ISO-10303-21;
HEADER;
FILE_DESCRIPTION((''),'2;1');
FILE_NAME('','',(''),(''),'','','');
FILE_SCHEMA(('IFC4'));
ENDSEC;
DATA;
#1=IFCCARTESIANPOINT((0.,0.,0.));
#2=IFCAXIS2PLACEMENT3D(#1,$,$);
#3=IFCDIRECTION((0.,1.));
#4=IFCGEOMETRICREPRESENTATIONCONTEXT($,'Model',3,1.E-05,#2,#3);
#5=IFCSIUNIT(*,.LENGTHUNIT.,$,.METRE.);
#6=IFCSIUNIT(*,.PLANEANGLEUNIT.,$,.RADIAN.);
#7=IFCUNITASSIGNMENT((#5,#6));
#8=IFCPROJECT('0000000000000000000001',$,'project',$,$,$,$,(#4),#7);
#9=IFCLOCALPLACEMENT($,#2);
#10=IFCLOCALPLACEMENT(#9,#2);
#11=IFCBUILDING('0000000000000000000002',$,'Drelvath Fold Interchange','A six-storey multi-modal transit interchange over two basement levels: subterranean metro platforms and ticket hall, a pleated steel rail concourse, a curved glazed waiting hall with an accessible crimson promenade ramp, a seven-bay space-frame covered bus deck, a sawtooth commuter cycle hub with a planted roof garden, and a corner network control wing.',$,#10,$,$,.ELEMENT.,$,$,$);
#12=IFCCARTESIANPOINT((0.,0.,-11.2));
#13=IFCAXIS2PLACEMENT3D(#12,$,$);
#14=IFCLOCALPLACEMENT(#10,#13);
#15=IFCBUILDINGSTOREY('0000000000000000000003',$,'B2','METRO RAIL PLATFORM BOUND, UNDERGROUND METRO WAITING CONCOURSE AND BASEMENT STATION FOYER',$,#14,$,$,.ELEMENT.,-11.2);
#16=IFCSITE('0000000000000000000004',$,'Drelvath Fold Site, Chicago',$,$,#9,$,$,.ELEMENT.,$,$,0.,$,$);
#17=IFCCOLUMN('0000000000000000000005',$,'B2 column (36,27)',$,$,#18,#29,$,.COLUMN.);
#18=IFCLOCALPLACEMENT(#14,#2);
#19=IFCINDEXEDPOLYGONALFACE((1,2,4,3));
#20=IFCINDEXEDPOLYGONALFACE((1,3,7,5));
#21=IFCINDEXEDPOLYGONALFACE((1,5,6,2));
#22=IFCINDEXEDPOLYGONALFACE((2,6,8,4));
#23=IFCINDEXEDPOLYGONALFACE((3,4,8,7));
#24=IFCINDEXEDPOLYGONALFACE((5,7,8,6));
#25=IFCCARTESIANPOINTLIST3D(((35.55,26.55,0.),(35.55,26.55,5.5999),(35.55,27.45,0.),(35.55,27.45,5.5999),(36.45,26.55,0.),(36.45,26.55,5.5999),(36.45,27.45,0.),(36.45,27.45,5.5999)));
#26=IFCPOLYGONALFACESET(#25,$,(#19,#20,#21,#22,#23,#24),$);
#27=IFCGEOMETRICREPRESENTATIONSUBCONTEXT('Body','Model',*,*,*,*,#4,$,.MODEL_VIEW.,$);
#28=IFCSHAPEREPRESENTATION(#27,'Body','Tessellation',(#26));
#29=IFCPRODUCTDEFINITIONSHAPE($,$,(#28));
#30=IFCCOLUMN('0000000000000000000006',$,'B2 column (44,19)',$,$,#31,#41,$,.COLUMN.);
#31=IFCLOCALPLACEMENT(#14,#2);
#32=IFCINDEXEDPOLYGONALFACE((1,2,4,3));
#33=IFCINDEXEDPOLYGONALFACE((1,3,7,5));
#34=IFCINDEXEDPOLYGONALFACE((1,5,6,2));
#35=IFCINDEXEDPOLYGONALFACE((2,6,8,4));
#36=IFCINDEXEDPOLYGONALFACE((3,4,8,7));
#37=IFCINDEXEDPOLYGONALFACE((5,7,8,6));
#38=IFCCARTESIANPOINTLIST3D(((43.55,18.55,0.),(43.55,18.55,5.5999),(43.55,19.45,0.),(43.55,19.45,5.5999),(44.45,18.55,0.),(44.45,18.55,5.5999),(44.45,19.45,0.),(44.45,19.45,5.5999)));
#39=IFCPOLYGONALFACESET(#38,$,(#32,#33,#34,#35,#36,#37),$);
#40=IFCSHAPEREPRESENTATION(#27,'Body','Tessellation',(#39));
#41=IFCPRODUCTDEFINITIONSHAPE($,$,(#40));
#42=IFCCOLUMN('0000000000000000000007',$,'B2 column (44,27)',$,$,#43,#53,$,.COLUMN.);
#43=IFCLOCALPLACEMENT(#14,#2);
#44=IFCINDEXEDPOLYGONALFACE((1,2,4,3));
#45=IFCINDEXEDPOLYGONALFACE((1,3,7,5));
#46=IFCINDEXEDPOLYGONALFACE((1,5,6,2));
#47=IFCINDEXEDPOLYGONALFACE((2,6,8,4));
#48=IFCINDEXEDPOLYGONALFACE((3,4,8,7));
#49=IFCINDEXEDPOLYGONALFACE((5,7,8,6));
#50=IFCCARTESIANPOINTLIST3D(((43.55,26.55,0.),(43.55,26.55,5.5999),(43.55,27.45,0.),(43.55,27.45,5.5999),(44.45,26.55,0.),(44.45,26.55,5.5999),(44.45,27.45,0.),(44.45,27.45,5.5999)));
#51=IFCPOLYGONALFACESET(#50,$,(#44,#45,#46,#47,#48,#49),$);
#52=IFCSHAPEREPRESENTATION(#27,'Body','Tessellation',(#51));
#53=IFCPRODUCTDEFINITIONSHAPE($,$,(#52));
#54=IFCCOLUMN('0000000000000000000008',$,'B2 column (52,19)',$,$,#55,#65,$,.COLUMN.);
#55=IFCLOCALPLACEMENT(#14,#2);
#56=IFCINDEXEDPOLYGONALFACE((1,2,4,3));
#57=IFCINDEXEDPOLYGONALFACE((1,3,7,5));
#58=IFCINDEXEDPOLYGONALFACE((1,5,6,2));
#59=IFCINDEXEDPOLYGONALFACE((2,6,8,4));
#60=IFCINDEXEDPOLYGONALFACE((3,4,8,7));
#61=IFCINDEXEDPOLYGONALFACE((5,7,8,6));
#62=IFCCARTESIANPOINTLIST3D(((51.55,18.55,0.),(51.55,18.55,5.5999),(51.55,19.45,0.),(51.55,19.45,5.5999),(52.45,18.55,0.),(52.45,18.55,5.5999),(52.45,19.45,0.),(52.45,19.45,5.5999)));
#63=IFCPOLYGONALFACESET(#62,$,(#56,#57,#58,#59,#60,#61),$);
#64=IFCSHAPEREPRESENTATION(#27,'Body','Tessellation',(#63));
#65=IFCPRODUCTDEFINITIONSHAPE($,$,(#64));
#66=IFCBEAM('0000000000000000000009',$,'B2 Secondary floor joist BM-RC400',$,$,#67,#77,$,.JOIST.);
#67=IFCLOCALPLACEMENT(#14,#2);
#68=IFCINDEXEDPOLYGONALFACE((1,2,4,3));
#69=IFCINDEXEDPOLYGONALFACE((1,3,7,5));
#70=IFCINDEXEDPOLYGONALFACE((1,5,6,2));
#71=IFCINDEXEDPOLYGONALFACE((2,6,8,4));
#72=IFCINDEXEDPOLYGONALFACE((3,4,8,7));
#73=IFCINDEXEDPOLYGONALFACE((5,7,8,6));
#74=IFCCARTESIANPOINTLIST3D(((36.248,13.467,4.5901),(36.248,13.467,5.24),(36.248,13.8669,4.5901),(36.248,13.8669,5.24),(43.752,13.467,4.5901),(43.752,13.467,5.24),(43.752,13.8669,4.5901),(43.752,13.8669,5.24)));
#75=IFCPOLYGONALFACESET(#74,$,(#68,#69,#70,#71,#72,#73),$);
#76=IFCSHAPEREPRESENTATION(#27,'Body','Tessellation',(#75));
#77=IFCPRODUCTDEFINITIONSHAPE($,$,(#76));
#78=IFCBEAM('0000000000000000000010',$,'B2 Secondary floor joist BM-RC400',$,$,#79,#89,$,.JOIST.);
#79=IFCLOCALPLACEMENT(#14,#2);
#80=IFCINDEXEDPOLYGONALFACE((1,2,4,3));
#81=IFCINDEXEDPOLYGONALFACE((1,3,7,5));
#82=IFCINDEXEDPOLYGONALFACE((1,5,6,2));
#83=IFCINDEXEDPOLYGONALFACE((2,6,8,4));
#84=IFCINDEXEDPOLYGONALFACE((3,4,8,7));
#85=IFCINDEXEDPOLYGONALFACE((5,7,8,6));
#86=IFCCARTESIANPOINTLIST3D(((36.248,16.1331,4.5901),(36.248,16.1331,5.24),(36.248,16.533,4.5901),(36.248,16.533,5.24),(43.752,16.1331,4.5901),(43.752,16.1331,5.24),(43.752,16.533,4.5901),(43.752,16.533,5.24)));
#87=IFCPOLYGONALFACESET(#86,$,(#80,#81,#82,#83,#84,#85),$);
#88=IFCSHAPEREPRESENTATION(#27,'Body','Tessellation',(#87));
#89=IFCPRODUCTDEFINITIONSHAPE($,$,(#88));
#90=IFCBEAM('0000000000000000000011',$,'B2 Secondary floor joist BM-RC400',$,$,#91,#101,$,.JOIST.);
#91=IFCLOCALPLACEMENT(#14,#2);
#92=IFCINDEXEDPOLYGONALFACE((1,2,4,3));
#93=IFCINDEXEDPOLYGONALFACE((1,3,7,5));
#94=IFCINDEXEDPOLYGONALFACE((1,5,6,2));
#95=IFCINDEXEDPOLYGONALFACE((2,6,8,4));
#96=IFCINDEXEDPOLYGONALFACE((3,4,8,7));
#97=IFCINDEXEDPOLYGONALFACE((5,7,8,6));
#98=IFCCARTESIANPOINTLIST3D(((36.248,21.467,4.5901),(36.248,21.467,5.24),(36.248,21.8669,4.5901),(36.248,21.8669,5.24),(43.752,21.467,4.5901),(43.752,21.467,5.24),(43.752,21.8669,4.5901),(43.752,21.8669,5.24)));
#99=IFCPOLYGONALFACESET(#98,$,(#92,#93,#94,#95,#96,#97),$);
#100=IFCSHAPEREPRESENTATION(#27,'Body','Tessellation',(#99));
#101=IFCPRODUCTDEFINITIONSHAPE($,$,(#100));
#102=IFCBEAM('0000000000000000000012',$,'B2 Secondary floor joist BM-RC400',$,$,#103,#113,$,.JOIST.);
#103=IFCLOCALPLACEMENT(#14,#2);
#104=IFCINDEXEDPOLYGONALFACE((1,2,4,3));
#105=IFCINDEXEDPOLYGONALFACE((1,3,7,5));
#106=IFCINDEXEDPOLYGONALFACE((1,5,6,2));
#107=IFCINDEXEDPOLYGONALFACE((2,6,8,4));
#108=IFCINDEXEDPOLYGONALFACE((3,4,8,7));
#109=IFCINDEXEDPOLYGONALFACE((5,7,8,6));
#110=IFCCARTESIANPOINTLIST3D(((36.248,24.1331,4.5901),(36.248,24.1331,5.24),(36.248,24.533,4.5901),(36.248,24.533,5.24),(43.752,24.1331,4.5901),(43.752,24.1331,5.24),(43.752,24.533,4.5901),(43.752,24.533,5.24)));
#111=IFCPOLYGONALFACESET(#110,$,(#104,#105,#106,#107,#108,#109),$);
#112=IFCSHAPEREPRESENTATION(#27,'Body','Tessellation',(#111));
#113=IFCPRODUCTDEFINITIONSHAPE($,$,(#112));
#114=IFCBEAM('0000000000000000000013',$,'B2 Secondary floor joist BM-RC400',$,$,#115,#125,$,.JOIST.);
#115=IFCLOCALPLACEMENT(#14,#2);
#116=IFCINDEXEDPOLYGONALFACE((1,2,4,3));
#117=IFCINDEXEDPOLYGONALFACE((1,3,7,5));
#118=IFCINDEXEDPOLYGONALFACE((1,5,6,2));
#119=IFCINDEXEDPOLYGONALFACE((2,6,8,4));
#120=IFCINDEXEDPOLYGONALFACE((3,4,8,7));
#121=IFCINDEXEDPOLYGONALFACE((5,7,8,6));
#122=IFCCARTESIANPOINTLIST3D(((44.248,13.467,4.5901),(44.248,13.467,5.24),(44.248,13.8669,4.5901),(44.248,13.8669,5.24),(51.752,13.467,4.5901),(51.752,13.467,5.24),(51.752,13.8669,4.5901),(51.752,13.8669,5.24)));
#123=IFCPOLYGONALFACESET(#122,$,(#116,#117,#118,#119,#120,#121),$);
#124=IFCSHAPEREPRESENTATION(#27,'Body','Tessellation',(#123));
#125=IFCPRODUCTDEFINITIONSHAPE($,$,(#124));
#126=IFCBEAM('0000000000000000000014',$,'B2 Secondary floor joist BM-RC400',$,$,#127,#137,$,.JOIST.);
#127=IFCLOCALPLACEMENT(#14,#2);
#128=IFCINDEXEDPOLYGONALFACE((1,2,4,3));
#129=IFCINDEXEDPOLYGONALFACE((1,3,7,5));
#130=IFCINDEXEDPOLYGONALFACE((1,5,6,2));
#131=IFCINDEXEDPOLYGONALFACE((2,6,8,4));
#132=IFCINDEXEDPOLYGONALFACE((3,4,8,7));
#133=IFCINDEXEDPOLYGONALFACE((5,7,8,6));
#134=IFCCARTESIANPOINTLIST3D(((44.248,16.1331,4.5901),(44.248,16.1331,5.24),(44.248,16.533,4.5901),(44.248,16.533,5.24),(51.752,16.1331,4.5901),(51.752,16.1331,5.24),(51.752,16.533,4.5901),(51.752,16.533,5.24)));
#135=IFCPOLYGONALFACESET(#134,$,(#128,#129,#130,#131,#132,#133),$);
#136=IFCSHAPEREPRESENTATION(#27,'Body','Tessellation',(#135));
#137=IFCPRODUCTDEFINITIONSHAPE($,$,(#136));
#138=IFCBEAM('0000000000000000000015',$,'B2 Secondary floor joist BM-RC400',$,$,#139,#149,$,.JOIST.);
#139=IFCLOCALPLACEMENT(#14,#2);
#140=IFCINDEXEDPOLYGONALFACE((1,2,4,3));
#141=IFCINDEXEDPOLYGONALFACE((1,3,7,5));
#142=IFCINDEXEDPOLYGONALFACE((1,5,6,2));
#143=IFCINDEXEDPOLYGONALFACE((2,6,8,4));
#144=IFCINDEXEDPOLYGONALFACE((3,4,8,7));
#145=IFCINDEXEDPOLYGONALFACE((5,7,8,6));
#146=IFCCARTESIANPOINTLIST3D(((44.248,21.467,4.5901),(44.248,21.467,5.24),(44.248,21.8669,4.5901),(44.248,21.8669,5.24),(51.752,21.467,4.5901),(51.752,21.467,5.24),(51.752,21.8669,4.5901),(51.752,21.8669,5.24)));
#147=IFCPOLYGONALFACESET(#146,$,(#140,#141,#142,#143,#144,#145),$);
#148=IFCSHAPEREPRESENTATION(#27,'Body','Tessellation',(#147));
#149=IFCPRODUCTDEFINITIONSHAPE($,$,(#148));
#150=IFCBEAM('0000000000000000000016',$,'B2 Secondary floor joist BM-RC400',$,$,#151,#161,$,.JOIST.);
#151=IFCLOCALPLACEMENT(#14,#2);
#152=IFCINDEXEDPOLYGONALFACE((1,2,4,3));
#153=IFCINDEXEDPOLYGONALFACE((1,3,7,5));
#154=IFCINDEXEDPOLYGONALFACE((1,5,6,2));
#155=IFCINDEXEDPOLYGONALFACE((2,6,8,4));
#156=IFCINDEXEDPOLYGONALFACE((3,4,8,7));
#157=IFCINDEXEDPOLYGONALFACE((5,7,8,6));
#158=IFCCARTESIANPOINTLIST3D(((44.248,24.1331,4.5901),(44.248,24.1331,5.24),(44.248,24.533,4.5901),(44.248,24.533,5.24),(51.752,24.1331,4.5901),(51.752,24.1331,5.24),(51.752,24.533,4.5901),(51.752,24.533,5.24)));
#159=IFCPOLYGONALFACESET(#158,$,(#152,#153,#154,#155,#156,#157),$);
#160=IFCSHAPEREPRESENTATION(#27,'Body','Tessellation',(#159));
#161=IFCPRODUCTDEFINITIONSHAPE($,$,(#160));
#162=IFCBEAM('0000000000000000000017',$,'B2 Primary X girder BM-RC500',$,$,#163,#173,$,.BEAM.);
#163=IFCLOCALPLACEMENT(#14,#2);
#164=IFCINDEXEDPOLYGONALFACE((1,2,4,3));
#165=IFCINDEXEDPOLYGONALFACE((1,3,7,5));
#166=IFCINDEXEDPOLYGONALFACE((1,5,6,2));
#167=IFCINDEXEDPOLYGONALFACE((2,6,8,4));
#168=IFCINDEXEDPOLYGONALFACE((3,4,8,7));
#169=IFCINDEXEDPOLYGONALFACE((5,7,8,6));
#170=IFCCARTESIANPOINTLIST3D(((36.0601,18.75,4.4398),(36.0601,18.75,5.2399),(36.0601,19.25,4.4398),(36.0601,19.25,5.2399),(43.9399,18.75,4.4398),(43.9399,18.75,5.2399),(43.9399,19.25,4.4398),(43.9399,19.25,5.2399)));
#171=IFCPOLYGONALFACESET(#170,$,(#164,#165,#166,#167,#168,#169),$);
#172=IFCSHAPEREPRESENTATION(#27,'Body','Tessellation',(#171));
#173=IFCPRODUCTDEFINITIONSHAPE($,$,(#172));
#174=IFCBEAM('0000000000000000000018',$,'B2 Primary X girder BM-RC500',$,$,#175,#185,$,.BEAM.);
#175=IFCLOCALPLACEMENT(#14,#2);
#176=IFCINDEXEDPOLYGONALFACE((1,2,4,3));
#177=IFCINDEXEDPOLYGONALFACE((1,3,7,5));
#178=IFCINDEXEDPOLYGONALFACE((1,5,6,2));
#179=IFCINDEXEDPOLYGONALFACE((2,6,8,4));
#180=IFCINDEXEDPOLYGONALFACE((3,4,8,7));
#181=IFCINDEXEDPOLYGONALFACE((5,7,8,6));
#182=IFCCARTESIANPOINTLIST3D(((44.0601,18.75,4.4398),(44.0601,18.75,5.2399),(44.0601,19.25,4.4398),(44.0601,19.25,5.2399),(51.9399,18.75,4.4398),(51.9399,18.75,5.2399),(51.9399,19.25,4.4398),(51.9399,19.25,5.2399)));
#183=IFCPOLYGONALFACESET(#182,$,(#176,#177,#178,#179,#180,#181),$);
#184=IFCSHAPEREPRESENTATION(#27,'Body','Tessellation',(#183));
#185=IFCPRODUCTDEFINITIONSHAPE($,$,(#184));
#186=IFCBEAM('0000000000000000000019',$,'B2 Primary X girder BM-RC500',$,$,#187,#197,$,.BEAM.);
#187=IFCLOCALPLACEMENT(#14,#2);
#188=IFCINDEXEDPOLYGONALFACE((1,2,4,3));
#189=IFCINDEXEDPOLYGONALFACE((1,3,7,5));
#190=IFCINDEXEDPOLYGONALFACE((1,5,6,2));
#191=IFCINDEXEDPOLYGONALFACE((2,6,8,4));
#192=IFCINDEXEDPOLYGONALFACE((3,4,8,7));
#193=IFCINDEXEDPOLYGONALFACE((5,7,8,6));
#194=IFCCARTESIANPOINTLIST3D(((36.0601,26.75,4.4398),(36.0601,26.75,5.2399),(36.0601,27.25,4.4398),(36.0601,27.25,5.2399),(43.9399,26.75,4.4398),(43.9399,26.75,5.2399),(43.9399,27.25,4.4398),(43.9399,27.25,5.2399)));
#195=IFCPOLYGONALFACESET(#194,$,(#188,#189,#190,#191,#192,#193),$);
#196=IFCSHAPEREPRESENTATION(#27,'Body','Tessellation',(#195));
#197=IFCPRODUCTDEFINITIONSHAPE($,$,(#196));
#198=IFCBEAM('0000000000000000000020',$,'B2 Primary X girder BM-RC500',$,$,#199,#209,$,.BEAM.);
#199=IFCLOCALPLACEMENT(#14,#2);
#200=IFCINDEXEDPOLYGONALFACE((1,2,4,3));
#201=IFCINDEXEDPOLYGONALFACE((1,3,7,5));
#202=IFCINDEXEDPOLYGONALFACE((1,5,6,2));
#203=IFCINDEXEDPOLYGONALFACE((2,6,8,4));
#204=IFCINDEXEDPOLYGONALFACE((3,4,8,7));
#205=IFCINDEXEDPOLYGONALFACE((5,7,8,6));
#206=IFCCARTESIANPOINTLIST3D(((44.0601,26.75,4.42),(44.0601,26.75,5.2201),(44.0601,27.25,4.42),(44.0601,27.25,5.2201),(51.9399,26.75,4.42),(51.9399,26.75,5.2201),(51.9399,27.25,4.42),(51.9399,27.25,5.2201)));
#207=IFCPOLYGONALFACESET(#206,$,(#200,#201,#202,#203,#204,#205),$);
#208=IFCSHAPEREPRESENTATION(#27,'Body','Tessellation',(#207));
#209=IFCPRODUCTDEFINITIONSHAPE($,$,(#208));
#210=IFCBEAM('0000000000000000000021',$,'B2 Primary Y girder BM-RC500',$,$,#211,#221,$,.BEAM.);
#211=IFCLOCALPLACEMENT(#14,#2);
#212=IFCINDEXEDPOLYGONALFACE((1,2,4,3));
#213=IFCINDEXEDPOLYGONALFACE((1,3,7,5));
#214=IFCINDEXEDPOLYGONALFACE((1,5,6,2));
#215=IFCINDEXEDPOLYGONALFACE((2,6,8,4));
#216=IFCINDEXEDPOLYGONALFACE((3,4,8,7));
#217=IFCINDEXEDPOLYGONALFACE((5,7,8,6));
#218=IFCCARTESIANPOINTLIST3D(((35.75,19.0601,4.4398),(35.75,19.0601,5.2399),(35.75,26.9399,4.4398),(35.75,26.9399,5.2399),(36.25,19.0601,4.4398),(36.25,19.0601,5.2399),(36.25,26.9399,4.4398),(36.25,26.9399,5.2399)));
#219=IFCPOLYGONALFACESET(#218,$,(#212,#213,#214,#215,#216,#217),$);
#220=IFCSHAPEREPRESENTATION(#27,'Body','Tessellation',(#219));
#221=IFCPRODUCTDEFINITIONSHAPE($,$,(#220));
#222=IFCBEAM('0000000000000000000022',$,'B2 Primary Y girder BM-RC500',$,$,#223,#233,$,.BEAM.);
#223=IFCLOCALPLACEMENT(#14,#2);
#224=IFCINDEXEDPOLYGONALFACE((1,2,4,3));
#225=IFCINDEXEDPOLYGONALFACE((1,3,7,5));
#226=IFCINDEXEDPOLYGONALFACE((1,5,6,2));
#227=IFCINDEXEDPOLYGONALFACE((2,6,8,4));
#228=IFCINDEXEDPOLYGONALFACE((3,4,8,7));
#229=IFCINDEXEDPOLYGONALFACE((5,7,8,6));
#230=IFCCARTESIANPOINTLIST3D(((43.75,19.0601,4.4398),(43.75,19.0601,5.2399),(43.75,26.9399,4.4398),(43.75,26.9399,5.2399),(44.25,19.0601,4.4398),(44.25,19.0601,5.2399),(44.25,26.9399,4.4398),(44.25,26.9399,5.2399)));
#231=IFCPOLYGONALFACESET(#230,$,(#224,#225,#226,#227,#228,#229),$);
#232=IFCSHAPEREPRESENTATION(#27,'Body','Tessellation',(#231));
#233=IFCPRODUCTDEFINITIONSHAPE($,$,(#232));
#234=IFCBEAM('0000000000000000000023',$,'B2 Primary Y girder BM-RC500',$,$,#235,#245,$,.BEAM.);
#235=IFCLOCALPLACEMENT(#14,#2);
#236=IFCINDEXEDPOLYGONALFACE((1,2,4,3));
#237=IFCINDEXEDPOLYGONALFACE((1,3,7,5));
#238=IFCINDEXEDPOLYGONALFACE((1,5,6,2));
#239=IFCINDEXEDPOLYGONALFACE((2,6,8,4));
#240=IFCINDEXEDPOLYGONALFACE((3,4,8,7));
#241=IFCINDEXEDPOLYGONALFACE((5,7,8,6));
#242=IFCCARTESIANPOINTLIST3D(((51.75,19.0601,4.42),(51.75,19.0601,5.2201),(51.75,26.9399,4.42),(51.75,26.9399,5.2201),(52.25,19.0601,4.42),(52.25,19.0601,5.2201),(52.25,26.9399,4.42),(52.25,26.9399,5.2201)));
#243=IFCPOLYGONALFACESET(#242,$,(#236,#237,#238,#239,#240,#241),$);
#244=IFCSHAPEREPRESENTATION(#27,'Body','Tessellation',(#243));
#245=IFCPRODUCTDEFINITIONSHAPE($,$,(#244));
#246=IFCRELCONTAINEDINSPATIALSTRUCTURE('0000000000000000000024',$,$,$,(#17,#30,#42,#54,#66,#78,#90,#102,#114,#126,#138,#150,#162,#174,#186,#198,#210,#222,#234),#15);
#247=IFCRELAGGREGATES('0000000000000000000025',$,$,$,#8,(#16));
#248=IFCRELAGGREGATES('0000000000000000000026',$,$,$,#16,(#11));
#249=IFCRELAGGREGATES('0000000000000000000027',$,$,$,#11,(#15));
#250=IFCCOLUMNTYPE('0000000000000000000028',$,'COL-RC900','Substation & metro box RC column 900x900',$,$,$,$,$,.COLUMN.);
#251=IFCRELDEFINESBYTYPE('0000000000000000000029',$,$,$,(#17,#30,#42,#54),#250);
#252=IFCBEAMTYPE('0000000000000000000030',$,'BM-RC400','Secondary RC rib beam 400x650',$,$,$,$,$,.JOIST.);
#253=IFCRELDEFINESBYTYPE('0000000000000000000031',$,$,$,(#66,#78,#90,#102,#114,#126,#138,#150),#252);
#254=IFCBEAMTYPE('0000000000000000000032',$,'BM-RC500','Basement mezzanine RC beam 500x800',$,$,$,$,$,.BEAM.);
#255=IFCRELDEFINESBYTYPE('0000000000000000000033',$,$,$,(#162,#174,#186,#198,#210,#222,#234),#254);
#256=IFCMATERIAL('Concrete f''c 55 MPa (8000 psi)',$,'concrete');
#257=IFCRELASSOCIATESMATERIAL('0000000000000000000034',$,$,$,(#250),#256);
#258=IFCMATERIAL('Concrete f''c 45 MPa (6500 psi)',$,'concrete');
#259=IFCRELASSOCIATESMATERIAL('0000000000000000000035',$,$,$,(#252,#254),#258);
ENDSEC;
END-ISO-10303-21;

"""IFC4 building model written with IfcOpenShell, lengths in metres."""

from ifc_helpers import new_model, si_unit, direction, frame, origin, origin_2d, place, context, subcontext, project, spatial, rectangle, extrude, material, material_profile, profile_set, type_object, element, save


model = new_model("IFC4")

# Units and contexts
model_context = context("Model", 3, precision=1e-05, world=origin(), true_north=direction((0.0, 1.0)))
body_context = subcontext(model_context, "Body", "Model", "MODEL_VIEW")
ifc_project = project(units=[si_unit("LENGTHUNIT", "METRE"), si_unit("PLANEANGLEUNIT", "RADIAN")], contexts=[model_context])

# Site, building, storey
site_placement = place(None, origin())
site = spatial("IfcSite", under=ifc_project, at=site_placement, Name="Drelvath Fold Site, Chicago", CompositionType="ELEMENT", RefElevation=0.0)
building_placement = place(site_placement, origin())
building = spatial("IfcBuilding", under=site, at=building_placement, Name="Drelvath Fold Interchange", Description="A six-storey multi-modal transit interchange over two basement levels: subterranean metro platforms and ticket hall, a pleated steel rail concourse, a curved glazed waiting hall with an accessible crimson promenade ramp, a seven-bay space-frame covered bus deck, a sawtooth commuter cycle hub with a planted roof garden, and a corner network control wing.", CompositionType="ELEMENT")
storey_placement = place(building_placement, frame((0.0, 0.0, -11.2)))
storey = spatial("IfcBuildingStorey", under=building, at=storey_placement, Name="B2", Description="METRO RAIL PLATFORM BOUND, UNDERGROUND METRO WAITING CONCOURSE AND BASEMENT STATION FOYER", CompositionType="ELEMENT", Elevation=-11.2)

# Shared definitions
ifc_material_1 = material(Name="Concrete f'c 55 MPa (8000 psi)", Category="concrete")

# Columns
ifc_material_profile_1 = material_profile(ifc_material_1, rectangle(XDim=0.8999, YDim=0.8999, at=origin_2d()), Name="RC 900x900")
ifc_profile_set_1 = profile_set([ifc_material_profile_1], Name="Concrete f'c 55 MPa (8000 psi)")
column_type = type_object("IfcColumnType", Name="COL-RC900", Description="Substation & metro box RC column 900x900", PredefinedType="COLUMN", material=ifc_profile_set_1)
for number, where, z_axis, x_axis, name in (
    (1, (36.0, 27.0, 0.0), (0.0, 0.0, 1.0), (1.0, 0.0, 0.0), "B2 column (36,27)"),
    (2, (44.0, 19.0, 0.0), (0.0, 0.0, 1.0), (1.0, 0.0, 0.0), "B2 column (44,19)"),
    (3, (44.0, 27.0, 0.0), (0.0, 0.0, 1.0), (1.0, 0.0, 0.0), "B2 column (44,27)"),
    (4, (52.0, 19.0, 0.0), (0.0, 0.0, 1.0), (1.0, 0.0, 0.0), "B2 column (52,19)"),
):
    element("IfcColumn", number, at=place(storey_placement, frame(where, z_axis=z_axis, x_axis=x_axis)), inside=storey, type_object=column_type, Name=name, PredefinedType="COLUMN", context=body_context, shape_type="SweptSolid", body=[
        extrude(rectangle(XDim=0.8999, YDim=0.8999, at=origin_2d()), origin(), (0.0, 0.0, 1.0), 5.5999),
    ])

# Beams
ifc_material_2 = material(Name="Concrete f'c 45 MPa (6500 psi)", Category="concrete")
ifc_material_profile_2 = material_profile(ifc_material_2, rectangle(XDim=0.3999, YDim=0.6499, at=origin_2d()), Name="RC 400x650")
ifc_profile_set_2 = profile_set([ifc_material_profile_2], Name="Concrete f'c 45 MPa (6500 psi)")
beam_type_1 = type_object("IfcBeamType", Name="BM-RC400", Description="Secondary RC rib beam 400x650", PredefinedType="JOIST", material=ifc_profile_set_2)
for number, where, z_axis, x_axis, name in (
    (5, (36.248, 13.667, 4.915), (1.0, 0.0, 0.0), (0.0, 1.0, 0.0), "B2 Secondary floor joist BM-RC400"),
    (6, (36.248, 16.333, 4.915), (1.0, 0.0, 0.0), (0.0, 1.0, 0.0), "B2 Secondary floor joist BM-RC400"),
    (7, (36.248, 21.667, 4.915), (1.0, 0.0, 0.0), (0.0, 1.0, 0.0), "B2 Secondary floor joist BM-RC400"),
    (8, (36.248, 24.333, 4.915), (1.0, 0.0, 0.0), (0.0, 1.0, 0.0), "B2 Secondary floor joist BM-RC400"),
    (9, (44.248, 13.667, 4.915), (1.0, 0.0, 0.0), (0.0, 1.0, 0.0), "B2 Secondary floor joist BM-RC400"),
    (10, (44.248, 16.333, 4.915), (1.0, 0.0, 0.0), (0.0, 1.0, 0.0), "B2 Secondary floor joist BM-RC400"),
    (11, (44.248, 21.667, 4.915), (1.0, 0.0, 0.0), (0.0, 1.0, 0.0), "B2 Secondary floor joist BM-RC400"),
    (12, (44.248, 24.333, 4.915), (1.0, 0.0, 0.0), (0.0, 1.0, 0.0), "B2 Secondary floor joist BM-RC400"),
):
    element("IfcBeam", number, at=place(storey_placement, frame(where, z_axis=z_axis, x_axis=x_axis)), inside=storey, type_object=beam_type_1, Name=name, PredefinedType="JOIST", context=body_context, shape_type="SweptSolid", body=[
        extrude(rectangle(XDim=0.3999, YDim=0.6499, at=origin_2d()), origin(), (0.0, 0.0, 1.0), 7.5039),
    ])
ifc_material_profile_3 = material_profile(ifc_material_2, rectangle(XDim=0.5, YDim=0.8, at=origin_2d()), Name="RC 500x800")
ifc_profile_set_3 = profile_set([ifc_material_profile_3], Name="Concrete f'c 45 MPa (6500 psi)")
beam_type_2 = type_object("IfcBeamType", Name="BM-RC500", Description="Basement mezzanine RC beam 500x800", PredefinedType="BEAM", material=ifc_profile_set_3)
for number, where, z_axis, x_axis, name in (
    (13, (36.0601, 19.0, 4.8398), (1.0, 0.0, 0.0), (0.0, 1.0, 0.0), "B2 Primary X girder BM-RC500"),
    (14, (44.0601, 19.0, 4.8398), (1.0, 0.0, 0.0), (0.0, 1.0, 0.0), "B2 Primary X girder BM-RC500"),
    (15, (36.0601, 27.0, 4.8398), (1.0, 0.0, 0.0), (0.0, 1.0, 0.0), "B2 Primary X girder BM-RC500"),
    (16, (44.0601, 27.0, 4.8201), (1.0, 0.0, 0.0), (0.0, 1.0, 0.0), "B2 Primary X girder BM-RC500"),
    (17, (36.0, 19.0601, 4.8398), (0.0, 1.0, 0.0), (-1.0, 0.0, 0.0), "B2 Primary Y girder BM-RC500"),
    (18, (44.0, 19.0601, 4.8398), (0.0, 1.0, 0.0), (-1.0, 0.0, 0.0), "B2 Primary Y girder BM-RC500"),
    (19, (52.0, 19.0601, 4.8201), (0.0, 1.0, 0.0), (-1.0, 0.0, 0.0), "B2 Primary Y girder BM-RC500"),
):
    element("IfcBeam", number, at=place(storey_placement, frame(where, z_axis=z_axis, x_axis=x_axis)), inside=storey, type_object=beam_type_2, Name=name, PredefinedType="BEAM", context=body_context, shape_type="SweptSolid", body=[
        extrude(rectangle(XDim=0.5, YDim=0.8, at=origin_2d()), origin(), (0.0, 0.0, 1.0), 7.8799),
    ])

save(model, "model.ifc")
